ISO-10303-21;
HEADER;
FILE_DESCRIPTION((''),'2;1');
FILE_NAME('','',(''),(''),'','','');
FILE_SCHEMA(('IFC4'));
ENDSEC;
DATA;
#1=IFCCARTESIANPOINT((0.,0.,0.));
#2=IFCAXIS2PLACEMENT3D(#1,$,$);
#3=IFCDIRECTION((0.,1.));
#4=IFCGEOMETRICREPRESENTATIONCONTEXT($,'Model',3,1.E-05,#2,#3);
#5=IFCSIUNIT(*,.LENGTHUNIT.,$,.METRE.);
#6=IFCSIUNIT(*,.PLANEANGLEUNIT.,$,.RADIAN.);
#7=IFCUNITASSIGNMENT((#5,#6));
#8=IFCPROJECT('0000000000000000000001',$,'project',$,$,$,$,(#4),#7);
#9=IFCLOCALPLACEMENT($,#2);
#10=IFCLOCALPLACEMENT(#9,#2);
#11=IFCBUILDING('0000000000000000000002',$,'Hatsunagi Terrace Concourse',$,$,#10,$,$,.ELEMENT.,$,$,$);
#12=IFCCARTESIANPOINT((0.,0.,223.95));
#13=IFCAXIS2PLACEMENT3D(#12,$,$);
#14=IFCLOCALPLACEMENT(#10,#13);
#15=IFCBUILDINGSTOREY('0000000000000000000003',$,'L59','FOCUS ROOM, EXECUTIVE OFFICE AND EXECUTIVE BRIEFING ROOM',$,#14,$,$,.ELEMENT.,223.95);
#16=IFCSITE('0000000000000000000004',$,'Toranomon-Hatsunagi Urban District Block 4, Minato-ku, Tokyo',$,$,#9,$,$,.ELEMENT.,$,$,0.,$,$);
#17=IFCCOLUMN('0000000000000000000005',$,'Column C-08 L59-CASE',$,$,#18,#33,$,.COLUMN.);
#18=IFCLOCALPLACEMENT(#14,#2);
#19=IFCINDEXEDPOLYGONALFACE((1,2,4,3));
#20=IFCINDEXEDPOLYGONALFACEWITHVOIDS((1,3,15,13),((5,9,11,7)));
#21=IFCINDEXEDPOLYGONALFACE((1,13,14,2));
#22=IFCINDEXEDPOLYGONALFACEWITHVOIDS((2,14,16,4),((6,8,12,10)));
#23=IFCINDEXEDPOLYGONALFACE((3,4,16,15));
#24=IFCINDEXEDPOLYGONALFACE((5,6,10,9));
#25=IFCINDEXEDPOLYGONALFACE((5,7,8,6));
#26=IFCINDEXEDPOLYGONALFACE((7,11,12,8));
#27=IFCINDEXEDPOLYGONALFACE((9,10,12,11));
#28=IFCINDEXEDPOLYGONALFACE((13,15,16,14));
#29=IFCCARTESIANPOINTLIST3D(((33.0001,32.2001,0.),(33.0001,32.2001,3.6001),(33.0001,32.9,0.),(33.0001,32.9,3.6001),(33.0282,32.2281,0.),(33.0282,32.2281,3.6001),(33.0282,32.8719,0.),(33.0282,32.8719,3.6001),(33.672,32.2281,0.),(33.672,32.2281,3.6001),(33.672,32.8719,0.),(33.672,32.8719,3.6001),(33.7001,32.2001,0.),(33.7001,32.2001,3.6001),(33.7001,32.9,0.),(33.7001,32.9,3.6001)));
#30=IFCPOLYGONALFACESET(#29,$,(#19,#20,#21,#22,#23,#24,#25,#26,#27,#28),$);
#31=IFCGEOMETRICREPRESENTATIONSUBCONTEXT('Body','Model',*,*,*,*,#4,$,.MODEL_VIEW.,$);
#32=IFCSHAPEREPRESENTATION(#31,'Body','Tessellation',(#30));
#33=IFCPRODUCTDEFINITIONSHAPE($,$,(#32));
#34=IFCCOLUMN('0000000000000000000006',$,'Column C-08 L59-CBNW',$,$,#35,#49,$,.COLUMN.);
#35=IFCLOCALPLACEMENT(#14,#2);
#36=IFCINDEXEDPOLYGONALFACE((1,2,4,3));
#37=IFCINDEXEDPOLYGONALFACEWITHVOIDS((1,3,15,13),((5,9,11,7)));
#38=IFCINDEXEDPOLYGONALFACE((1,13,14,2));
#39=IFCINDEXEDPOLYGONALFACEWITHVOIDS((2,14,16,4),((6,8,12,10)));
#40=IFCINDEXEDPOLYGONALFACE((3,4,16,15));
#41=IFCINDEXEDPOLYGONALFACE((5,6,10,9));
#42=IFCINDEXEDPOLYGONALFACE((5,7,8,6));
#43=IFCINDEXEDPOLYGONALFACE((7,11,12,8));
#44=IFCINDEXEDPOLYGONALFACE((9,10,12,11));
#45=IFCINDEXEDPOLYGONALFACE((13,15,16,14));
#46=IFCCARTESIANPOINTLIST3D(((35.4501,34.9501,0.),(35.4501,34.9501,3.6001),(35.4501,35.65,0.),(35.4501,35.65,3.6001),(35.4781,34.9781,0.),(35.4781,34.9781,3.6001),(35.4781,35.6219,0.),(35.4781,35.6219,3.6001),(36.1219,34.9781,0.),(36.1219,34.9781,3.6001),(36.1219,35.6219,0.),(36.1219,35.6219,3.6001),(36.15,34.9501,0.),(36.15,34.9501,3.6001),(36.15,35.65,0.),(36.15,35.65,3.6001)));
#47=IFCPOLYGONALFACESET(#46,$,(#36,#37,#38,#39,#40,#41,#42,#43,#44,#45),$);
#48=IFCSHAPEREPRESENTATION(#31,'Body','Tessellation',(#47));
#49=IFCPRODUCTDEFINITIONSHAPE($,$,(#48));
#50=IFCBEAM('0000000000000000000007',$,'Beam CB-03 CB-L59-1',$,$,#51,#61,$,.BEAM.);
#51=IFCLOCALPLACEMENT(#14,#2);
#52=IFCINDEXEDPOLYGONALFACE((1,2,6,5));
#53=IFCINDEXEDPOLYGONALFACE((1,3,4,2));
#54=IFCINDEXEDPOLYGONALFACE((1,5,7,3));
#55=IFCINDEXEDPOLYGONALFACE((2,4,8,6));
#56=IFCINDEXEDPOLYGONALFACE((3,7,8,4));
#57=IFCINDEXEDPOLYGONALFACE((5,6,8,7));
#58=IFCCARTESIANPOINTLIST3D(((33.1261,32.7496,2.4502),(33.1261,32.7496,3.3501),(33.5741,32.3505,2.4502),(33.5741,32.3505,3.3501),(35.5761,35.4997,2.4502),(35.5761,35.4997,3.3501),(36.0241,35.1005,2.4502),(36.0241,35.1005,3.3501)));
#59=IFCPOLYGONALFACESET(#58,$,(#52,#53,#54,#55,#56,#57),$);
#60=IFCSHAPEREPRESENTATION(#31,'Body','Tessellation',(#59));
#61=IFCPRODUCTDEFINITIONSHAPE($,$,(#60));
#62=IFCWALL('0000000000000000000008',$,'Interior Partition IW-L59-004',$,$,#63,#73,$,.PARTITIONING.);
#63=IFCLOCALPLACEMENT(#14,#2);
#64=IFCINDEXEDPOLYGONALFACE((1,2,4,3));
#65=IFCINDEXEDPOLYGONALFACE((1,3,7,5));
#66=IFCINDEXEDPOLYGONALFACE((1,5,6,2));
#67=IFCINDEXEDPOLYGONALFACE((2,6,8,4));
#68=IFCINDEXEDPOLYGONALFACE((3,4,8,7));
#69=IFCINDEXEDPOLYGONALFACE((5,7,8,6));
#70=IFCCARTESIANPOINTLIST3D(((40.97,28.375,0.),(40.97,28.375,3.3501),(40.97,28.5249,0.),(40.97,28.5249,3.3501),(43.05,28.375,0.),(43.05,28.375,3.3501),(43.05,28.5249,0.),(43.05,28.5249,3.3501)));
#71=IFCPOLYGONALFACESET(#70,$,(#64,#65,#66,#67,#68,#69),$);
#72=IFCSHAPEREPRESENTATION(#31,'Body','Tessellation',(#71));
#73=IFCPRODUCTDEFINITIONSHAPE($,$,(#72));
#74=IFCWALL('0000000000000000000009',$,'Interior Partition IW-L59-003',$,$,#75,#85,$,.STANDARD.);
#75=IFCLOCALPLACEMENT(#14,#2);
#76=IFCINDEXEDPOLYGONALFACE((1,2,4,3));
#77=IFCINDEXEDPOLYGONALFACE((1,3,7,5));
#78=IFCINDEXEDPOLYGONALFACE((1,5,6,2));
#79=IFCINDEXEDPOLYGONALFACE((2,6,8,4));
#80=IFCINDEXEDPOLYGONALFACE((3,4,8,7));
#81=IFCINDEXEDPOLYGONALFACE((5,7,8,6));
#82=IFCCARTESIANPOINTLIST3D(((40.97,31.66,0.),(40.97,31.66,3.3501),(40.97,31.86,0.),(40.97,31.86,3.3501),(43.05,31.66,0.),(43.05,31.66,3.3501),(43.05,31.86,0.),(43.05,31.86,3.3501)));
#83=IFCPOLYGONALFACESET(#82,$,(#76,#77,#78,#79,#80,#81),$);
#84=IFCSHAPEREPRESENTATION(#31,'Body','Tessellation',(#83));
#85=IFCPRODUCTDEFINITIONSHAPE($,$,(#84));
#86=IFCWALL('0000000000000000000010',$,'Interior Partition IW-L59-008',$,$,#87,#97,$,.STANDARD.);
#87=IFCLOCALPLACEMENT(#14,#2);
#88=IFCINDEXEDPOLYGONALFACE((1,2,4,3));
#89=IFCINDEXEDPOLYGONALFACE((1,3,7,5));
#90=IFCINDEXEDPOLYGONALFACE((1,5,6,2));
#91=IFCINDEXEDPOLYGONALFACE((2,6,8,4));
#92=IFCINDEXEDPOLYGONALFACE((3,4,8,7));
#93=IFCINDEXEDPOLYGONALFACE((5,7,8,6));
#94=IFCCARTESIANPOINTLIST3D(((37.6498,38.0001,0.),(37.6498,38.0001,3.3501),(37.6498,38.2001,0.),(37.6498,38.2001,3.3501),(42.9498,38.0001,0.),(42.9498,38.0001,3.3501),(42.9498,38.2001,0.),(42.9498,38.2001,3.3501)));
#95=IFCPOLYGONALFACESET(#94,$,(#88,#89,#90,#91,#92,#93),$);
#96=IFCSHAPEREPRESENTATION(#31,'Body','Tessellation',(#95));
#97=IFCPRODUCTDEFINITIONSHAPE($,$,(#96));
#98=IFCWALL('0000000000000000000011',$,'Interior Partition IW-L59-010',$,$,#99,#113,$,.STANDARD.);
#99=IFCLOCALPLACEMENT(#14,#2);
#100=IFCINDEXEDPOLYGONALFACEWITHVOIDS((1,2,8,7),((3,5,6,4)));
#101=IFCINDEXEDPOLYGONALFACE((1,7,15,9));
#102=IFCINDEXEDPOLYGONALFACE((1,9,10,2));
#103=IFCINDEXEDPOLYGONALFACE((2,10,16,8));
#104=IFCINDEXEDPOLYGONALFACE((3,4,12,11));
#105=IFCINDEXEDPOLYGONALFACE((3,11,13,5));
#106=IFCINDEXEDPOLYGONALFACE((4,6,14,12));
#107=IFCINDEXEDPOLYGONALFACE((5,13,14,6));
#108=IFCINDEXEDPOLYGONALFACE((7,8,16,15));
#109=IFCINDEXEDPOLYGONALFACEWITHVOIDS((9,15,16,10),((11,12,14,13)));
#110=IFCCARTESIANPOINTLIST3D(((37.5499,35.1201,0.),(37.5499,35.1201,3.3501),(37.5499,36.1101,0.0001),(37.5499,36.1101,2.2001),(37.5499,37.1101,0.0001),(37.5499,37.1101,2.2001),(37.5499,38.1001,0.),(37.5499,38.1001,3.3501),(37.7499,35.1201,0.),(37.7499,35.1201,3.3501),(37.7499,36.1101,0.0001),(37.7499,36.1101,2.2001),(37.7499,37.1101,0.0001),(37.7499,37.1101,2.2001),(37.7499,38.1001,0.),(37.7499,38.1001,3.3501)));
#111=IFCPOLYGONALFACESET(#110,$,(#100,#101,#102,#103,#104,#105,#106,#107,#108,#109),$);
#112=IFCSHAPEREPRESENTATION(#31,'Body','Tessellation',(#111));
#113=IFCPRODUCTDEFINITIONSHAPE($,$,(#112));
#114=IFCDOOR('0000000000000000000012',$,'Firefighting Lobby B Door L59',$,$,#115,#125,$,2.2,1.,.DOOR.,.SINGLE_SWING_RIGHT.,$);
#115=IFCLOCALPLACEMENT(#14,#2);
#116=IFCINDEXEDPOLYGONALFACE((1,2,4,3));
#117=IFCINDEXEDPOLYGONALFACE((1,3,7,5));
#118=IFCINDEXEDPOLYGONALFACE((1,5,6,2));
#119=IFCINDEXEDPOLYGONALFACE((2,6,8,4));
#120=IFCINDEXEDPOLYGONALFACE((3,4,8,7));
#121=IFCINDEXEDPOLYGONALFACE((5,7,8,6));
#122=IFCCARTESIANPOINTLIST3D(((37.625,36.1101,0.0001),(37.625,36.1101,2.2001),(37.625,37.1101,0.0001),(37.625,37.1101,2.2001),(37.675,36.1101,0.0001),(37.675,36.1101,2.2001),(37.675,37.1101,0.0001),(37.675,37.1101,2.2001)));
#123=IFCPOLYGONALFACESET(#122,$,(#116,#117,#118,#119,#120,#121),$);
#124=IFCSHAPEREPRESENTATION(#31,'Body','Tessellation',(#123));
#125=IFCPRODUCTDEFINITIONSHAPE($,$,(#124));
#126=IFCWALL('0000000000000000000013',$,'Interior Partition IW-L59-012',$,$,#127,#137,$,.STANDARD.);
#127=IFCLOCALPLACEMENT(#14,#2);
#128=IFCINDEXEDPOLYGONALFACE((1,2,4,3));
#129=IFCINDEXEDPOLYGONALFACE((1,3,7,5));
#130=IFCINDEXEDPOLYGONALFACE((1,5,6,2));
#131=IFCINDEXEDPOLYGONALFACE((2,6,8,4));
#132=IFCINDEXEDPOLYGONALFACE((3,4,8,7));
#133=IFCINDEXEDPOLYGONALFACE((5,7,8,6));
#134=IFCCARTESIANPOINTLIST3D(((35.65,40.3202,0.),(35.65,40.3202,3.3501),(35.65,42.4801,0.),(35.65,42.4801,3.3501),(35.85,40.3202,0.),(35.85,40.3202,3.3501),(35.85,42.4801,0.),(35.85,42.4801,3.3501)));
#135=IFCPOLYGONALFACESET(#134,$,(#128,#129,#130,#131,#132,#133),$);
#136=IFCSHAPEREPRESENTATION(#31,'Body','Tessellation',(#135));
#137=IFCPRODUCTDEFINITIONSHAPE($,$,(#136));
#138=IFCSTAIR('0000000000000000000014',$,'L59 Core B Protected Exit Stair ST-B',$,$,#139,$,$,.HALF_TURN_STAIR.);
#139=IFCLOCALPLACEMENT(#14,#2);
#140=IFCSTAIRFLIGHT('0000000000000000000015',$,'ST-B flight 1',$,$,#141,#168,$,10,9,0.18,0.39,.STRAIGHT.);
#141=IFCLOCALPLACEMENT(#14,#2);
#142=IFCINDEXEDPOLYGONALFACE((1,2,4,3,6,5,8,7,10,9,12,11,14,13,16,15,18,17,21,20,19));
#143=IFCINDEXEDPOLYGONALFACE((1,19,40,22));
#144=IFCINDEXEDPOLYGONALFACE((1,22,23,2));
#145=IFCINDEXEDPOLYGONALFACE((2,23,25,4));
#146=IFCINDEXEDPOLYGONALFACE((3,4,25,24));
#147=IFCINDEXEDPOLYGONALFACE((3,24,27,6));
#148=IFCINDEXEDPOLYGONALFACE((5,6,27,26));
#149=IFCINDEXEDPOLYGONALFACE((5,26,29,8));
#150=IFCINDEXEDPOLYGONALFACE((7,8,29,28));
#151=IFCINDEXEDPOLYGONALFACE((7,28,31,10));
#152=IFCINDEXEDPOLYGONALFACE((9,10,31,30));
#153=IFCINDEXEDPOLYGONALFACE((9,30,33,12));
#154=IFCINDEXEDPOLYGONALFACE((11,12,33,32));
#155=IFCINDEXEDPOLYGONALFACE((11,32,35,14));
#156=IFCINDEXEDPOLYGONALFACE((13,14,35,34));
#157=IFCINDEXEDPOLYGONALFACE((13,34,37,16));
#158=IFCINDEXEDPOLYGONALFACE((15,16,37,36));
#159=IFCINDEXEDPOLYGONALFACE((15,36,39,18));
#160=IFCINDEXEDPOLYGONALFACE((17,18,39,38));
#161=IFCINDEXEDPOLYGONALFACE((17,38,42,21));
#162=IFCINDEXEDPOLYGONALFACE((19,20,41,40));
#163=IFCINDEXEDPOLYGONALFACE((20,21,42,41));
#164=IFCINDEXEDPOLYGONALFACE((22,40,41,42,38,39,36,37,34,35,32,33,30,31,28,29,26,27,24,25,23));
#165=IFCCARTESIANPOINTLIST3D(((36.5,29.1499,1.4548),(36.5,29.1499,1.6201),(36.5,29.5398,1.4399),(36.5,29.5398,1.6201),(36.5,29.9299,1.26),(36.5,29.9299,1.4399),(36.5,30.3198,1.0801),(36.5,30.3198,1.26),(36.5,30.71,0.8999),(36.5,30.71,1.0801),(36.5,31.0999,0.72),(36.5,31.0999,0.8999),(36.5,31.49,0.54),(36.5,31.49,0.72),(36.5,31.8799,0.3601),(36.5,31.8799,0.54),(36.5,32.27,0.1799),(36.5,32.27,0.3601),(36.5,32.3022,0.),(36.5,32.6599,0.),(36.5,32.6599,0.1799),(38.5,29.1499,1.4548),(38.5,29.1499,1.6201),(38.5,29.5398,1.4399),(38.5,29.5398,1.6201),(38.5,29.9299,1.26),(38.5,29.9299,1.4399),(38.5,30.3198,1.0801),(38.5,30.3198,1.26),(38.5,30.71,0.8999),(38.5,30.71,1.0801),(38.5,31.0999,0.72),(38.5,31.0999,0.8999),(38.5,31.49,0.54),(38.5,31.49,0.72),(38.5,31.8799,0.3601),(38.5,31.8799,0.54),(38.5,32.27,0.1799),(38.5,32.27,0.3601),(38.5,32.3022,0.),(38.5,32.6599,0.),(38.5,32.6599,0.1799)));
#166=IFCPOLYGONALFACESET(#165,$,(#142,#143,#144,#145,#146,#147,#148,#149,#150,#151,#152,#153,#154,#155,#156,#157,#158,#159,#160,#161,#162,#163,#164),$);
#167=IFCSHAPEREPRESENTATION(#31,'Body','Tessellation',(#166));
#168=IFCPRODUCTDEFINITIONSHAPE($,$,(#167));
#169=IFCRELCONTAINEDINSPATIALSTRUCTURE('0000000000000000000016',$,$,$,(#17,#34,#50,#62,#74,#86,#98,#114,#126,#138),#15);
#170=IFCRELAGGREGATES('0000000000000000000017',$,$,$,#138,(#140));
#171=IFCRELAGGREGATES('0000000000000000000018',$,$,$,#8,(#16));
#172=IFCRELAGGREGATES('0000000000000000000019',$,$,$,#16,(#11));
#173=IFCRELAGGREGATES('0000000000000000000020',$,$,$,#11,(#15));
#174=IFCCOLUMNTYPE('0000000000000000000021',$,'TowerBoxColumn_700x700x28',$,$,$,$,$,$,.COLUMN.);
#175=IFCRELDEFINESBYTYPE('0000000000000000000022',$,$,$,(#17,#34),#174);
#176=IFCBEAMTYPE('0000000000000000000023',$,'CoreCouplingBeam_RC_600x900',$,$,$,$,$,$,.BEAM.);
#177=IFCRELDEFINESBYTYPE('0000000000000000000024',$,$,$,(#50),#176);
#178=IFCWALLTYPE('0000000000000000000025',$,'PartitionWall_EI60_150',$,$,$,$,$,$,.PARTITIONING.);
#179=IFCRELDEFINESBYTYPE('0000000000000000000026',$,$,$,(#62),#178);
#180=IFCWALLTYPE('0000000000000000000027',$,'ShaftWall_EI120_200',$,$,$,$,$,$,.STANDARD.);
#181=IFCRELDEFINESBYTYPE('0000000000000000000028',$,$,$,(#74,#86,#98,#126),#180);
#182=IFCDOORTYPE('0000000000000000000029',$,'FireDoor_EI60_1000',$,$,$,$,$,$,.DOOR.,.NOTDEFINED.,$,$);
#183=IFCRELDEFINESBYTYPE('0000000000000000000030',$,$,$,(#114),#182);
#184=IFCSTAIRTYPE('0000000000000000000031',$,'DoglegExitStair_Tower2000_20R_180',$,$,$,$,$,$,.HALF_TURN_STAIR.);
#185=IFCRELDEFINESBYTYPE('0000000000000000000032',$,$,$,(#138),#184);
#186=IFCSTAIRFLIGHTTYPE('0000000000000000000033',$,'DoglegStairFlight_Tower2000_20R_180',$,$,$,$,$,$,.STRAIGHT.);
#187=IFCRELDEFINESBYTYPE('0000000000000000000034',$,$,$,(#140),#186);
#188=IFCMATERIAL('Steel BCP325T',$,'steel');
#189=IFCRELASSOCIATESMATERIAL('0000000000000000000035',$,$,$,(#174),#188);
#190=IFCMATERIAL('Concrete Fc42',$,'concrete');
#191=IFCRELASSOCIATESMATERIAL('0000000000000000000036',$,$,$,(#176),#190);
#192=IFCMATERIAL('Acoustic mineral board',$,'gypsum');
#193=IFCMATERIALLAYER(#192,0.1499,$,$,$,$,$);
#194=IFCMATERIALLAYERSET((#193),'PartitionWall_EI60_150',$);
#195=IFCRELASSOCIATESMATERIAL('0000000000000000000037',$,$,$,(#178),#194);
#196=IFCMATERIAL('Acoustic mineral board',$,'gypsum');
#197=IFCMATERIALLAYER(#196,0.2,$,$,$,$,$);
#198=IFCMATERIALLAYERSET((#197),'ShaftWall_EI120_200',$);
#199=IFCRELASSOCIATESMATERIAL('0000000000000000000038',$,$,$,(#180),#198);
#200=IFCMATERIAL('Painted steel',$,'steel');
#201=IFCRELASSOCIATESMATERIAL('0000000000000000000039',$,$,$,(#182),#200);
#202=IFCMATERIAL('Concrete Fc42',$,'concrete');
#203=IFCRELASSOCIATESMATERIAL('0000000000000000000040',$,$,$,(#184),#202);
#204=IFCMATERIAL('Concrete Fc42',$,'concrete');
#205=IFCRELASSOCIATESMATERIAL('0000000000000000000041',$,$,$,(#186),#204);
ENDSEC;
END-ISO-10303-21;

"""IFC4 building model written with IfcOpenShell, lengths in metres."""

from ifc_helpers import new_model, si_unit, direction, frame, frame_2d, origin, origin_2d, place, context, subcontext, project, spatial, polyline, rectangle, hollow_rectangle, outline, extrude, material, layer, layer_set, material_profile, profile_set, type_object, element, fill, aggregate, save


model = new_model("IFC4")

# Units and contexts
model_context = context("Model", 3, precision=1e-05, world=origin(), true_north=direction((0.0, 1.0)))
body_context = subcontext(model_context, "Body", "Model", "MODEL_VIEW")
ifc_project = project(units=[si_unit("LENGTHUNIT", "METRE"), si_unit("PLANEANGLEUNIT", "RADIAN")], contexts=[model_context])

# Site, building, storey
site_placement = place(None, origin())
site = spatial("IfcSite", under=ifc_project, at=site_placement, Name="Toranomon-Hatsunagi Urban District Block 4, Minato-ku, Tokyo", CompositionType="ELEMENT", RefElevation=0.0)
building_placement = place(site_placement, origin())
building = spatial("IfcBuilding", under=site, at=building_placement, Name="Hatsunagi Terrace Concourse", CompositionType="ELEMENT")
storey_placement = place(building_placement, frame((0.0, 0.0, 223.95)))
storey = spatial("IfcBuildingStorey", under=building, at=storey_placement, Name="L59", Description="FOCUS ROOM, EXECUTIVE OFFICE AND EXECUTIVE BRIEFING ROOM", CompositionType="ELEMENT", Elevation=223.95)

# Columns
ifc_material_1 = material(Name="Steel BCP325T", Category="steel")
ifc_material_profile_1 = material_profile(ifc_material_1, hollow_rectangle(XDim=0.7, YDim=0.7, WallThickness=0.0281, at=origin_2d()), Name="BCP-700x700x28")
ifc_profile_set_1 = profile_set([ifc_material_profile_1], Name="Steel BCP325T")
column_type = type_object("IfcColumnType", Name="TowerBoxColumn_700x700x28", PredefinedType="COLUMN", material=ifc_profile_set_1)
for number, where, z_axis, x_axis, name in (
    (1, (33.3501, 32.55, 0.0), (0.0, 0.0, 1.0), (1.0, 0.0, 0.0), "Column C-08 L59-CASE"),
    (2, (35.8, 35.3, 0.0), (0.0, 0.0, 1.0), (1.0, 0.0, 0.0), "Column C-08 L59-CBNW"),
):
    element("IfcColumn", number, at=place(storey_placement, frame(where, z_axis=z_axis, x_axis=x_axis)), inside=storey, type_object=column_type, Name=name, PredefinedType="COLUMN", context=body_context, shape_type="SweptSolid", body=[
        extrude(hollow_rectangle(XDim=0.7, YDim=0.7, WallThickness=0.0281, at=origin_2d()), origin(), (0.0, 0.0, 1.0), 3.6001),
    ])

# Beam
ifc_material_2 = material(Name="Concrete Fc42", Category="concrete")
ifc_material_profile_2 = material_profile(ifc_material_2, rectangle(XDim=0.6001, YDim=0.8999, at=origin_2d()), Name="RC-600x900")
ifc_profile_set_2 = profile_set([ifc_material_profile_2], Name="Concrete Fc42")
beam_type = type_object("IfcBeamType", Name="CoreCouplingBeam_RC_600x900", PredefinedType="BEAM", material=ifc_profile_set_2)
beam_placement = place(storey_placement, frame((33.3501, 32.55, 2.9001), z_axis=(0.665199, 0.746666, 0.0), x_axis=(-0.746666, 0.665199, 0.0)))
element("IfcBeam", 3, at=beam_placement, inside=storey, type_object=beam_type, Name="Beam CB-03 CB-L59-1", PredefinedType="BEAM", context=body_context, shape_type="SweptSolid", body=[
    extrude(rectangle(XDim=0.6001, YDim=0.8999, at=origin_2d()), origin(), (0.0, 0.0, 1.0), 3.6831),
])

# Walls
ifc_material_3 = material(Name="Acoustic mineral board", Category="gypsum")
ifc_layer_1 = layer(ifc_material_3, 0.1499)
ifc_layer_set_1 = layer_set([ifc_layer_1], Name="PartitionWall_EI60_150")
wall_type_1 = type_object("IfcWallType", Name="PartitionWall_EI60_150", PredefinedType="PARTITIONING", material=ifc_layer_set_1)
wall_1_placement = place(storey_placement, frame((40.97, 28.45, 0.0), z_axis=(0.0, 0.0, 1.0), x_axis=(1.0, 0.0, 0.0)))
element("IfcWall", 4, at=wall_1_placement, inside=storey, type_object=wall_type_1, Name="Interior Partition IW-L59-004", PredefinedType="PARTITIONING", context=body_context, shape_type="SweptSolid", body=[
    extrude(rectangle(XDim=2.0801, YDim=0.1499, at=frame_2d((1.04, 0.0))), origin(), (0.0, 0.0, 1.0), 3.3501),
])
ifc_material_4 = material(Name="Acoustic mineral board", Category="gypsum")
ifc_layer_2 = layer(ifc_material_4, 0.2)
ifc_layer_set_2 = layer_set([ifc_layer_2], Name="ShaftWall_EI120_200")
wall_type_2 = type_object("IfcWallType", Name="ShaftWall_EI120_200", PredefinedType="STANDARD", material=ifc_layer_set_2)
wall_2_placement = place(storey_placement, frame((40.97, 31.76, 0.0), z_axis=(0.0, 0.0, 1.0), x_axis=(1.0, 0.0, 0.0)))
element("IfcWall", 5, at=wall_2_placement, inside=storey, type_object=wall_type_2, Name="Interior Partition IW-L59-003", PredefinedType="STANDARD", context=body_context, shape_type="SweptSolid", body=[
    extrude(rectangle(XDim=2.0801, YDim=0.2, at=frame_2d((1.04, 0.0))), origin(), (0.0, 0.0, 1.0), 3.3501),
])
wall_3_placement = place(storey_placement, frame((37.6499, 38.1001, 0.0), z_axis=(0.0, 0.0, 1.0), x_axis=(1.0, 0.0, 0.0)))
element("IfcWall", 6, at=wall_3_placement, inside=storey, type_object=wall_type_2, Name="Interior Partition IW-L59-008", PredefinedType="STANDARD", context=body_context, shape_type="SweptSolid", body=[
    extrude(rectangle(XDim=5.3, YDim=0.2, at=frame_2d((2.6499, 0.0))), origin(), (0.0, 0.0, 1.0), 3.3501),
])

# Wall, opening, door
wall_4_placement = place(storey_placement, frame((37.6499, 35.1201, 0.0), z_axis=(0.0, 0.0, 1.0), x_axis=(0.0, 1.0, 0.0)))
wall_4 = element("IfcWall", 7, at=wall_4_placement, inside=storey, type_object=wall_type_2, Name="Interior Partition IW-L59-010", PredefinedType="STANDARD", context=body_context, shape_type="SweptSolid", body=[
    extrude(rectangle(XDim=2.98, YDim=0.2, at=frame_2d((1.49, 0.0))), origin(), (0.0, 0.0, 1.0), 3.3501),
])
opening_1_placement = place(wall_4_placement, frame((0.99, 0.0, 0.0)))
opening_1 = element("IfcOpeningElement", 8, at=opening_1_placement, cuts=wall_4, PredefinedType="OPENING", context=body_context, shape_type="SweptSolid", body=[
    extrude(rectangle(XDim=1.0, YDim=2.2, at=frame_2d((0.5, 1.1001))), frame((0.0, 0.1099, 0.0), z_axis=(0.0, -1.0, 0.0), x_axis=(1.0, 0.0, 0.0)), (0.0, 0.0, 1.0), 0.22),
])
ifc_material_5 = material(Name="Painted steel", Category="steel")
door_type_1 = type_object("IfcDoorType", Name="FireDoor_EI60_1000", OperationType="NOTDEFINED", PredefinedType="DOOR", material=ifc_material_5)
door_1_placement = place(opening_1_placement, origin())
door_1 = element("IfcDoor", 9, at=door_1_placement, inside=storey, type_object=door_type_1, Name="Firefighting Lobby B Door L59", OperationType="SINGLE_SWING_RIGHT", OverallHeight=2.2, OverallWidth=1.0, PredefinedType="DOOR", context=body_context, shape_type="SweptSolid", body=[
    extrude(rectangle(XDim=1.0, YDim=2.2, at=frame_2d((0.5, 1.1001))), frame((0.0, 0.0249, 0.0), z_axis=(0.0, -1.0, 0.0), x_axis=(1.0, 0.0, 0.0)), (0.0, 0.0, 1.0), 0.05),
])
fill(opening_1, door_1)

# Wall
wall_5_placement = place(storey_placement, frame((35.75, 40.3201, 0.0), z_axis=(0.0, 0.0, 1.0), x_axis=(0.0, 1.0, 0.0)))
element("IfcWall", 10, at=wall_5_placement, inside=storey, type_object=wall_type_2, Name="Interior Partition IW-L59-012", PredefinedType="STANDARD", context=body_context, shape_type="SweptSolid", body=[
    extrude(rectangle(XDim=2.1599, YDim=0.2, at=frame_2d((1.0801, 0.0))), origin(), (0.0, 0.0, 1.0), 3.3501),
])

# Stair, stair flight
ifc_material_6 = material(Name="Concrete Fc42", Category="concrete")
stair_type = type_object("IfcStairType", Name="DoglegExitStair_Tower2000_20R_180", PredefinedType="HALF_TURN_STAIR", material=ifc_material_6)
stair_placement = place(storey_placement, origin())
stair = element("IfcStair", 11, at=stair_placement, inside=storey, type_object=stair_type, Name="L59 Core B Protected Exit Stair ST-B", PredefinedType="HALF_TURN_STAIR")
ifc_material_7 = material(Name="Concrete Fc42", Category="concrete")
stair_flight_type = type_object("IfcStairFlightType", Name="DoglegStairFlight_Tower2000_20R_180", PredefinedType="STRAIGHT", material=ifc_material_7)
stair_flight_1_placement = place(storey_placement, frame((37.5, 32.6599, 0.0), z_axis=(0.0, 0.0, 1.0), x_axis=(0.0, -1.0, 0.0)))
stair_flight_1 = element("IfcStairFlight", 12, at=stair_flight_1_placement, type_object=stair_flight_type, Name="ST-B flight 1", NumberOfRisers=10, NumberOfTreads=9, PredefinedType="STRAIGHT", RiserHeight=0.18, TreadLength=0.39, context=body_context, shape_type="SweptSolid", body=[
    extrude(outline(polyline([(0.0, 0.0), (0.0, 0.1799), (0.3899, 0.1799), (0.3899, 0.3601), (0.78, 0.3601), (0.78, 0.54), (1.1699, 0.54), (1.1699, 0.72), (1.5601, 0.72), (1.5601, 0.8999), (1.95, 0.8999), (1.95, 1.0801), (2.3401, 1.0801), (2.3401, 1.26), (2.73, 1.26), (2.73, 1.4399), (3.1201, 1.4399), (3.1201, 1.6201), (3.51, 1.6201), (3.51, 1.8), (3.51, 1.4548), (0.3577, 0.0), (0.0, 0.0)])), frame((0.0, 1.0, 0.0), z_axis=(0.0, -1.0, 0.0), x_axis=(1.0, 0.0, 0.0)), (0.0, 0.0, 1.0), 2.0),
])
aggregate(stair, [stair_flight_1])

save(model, "model.ifc")
